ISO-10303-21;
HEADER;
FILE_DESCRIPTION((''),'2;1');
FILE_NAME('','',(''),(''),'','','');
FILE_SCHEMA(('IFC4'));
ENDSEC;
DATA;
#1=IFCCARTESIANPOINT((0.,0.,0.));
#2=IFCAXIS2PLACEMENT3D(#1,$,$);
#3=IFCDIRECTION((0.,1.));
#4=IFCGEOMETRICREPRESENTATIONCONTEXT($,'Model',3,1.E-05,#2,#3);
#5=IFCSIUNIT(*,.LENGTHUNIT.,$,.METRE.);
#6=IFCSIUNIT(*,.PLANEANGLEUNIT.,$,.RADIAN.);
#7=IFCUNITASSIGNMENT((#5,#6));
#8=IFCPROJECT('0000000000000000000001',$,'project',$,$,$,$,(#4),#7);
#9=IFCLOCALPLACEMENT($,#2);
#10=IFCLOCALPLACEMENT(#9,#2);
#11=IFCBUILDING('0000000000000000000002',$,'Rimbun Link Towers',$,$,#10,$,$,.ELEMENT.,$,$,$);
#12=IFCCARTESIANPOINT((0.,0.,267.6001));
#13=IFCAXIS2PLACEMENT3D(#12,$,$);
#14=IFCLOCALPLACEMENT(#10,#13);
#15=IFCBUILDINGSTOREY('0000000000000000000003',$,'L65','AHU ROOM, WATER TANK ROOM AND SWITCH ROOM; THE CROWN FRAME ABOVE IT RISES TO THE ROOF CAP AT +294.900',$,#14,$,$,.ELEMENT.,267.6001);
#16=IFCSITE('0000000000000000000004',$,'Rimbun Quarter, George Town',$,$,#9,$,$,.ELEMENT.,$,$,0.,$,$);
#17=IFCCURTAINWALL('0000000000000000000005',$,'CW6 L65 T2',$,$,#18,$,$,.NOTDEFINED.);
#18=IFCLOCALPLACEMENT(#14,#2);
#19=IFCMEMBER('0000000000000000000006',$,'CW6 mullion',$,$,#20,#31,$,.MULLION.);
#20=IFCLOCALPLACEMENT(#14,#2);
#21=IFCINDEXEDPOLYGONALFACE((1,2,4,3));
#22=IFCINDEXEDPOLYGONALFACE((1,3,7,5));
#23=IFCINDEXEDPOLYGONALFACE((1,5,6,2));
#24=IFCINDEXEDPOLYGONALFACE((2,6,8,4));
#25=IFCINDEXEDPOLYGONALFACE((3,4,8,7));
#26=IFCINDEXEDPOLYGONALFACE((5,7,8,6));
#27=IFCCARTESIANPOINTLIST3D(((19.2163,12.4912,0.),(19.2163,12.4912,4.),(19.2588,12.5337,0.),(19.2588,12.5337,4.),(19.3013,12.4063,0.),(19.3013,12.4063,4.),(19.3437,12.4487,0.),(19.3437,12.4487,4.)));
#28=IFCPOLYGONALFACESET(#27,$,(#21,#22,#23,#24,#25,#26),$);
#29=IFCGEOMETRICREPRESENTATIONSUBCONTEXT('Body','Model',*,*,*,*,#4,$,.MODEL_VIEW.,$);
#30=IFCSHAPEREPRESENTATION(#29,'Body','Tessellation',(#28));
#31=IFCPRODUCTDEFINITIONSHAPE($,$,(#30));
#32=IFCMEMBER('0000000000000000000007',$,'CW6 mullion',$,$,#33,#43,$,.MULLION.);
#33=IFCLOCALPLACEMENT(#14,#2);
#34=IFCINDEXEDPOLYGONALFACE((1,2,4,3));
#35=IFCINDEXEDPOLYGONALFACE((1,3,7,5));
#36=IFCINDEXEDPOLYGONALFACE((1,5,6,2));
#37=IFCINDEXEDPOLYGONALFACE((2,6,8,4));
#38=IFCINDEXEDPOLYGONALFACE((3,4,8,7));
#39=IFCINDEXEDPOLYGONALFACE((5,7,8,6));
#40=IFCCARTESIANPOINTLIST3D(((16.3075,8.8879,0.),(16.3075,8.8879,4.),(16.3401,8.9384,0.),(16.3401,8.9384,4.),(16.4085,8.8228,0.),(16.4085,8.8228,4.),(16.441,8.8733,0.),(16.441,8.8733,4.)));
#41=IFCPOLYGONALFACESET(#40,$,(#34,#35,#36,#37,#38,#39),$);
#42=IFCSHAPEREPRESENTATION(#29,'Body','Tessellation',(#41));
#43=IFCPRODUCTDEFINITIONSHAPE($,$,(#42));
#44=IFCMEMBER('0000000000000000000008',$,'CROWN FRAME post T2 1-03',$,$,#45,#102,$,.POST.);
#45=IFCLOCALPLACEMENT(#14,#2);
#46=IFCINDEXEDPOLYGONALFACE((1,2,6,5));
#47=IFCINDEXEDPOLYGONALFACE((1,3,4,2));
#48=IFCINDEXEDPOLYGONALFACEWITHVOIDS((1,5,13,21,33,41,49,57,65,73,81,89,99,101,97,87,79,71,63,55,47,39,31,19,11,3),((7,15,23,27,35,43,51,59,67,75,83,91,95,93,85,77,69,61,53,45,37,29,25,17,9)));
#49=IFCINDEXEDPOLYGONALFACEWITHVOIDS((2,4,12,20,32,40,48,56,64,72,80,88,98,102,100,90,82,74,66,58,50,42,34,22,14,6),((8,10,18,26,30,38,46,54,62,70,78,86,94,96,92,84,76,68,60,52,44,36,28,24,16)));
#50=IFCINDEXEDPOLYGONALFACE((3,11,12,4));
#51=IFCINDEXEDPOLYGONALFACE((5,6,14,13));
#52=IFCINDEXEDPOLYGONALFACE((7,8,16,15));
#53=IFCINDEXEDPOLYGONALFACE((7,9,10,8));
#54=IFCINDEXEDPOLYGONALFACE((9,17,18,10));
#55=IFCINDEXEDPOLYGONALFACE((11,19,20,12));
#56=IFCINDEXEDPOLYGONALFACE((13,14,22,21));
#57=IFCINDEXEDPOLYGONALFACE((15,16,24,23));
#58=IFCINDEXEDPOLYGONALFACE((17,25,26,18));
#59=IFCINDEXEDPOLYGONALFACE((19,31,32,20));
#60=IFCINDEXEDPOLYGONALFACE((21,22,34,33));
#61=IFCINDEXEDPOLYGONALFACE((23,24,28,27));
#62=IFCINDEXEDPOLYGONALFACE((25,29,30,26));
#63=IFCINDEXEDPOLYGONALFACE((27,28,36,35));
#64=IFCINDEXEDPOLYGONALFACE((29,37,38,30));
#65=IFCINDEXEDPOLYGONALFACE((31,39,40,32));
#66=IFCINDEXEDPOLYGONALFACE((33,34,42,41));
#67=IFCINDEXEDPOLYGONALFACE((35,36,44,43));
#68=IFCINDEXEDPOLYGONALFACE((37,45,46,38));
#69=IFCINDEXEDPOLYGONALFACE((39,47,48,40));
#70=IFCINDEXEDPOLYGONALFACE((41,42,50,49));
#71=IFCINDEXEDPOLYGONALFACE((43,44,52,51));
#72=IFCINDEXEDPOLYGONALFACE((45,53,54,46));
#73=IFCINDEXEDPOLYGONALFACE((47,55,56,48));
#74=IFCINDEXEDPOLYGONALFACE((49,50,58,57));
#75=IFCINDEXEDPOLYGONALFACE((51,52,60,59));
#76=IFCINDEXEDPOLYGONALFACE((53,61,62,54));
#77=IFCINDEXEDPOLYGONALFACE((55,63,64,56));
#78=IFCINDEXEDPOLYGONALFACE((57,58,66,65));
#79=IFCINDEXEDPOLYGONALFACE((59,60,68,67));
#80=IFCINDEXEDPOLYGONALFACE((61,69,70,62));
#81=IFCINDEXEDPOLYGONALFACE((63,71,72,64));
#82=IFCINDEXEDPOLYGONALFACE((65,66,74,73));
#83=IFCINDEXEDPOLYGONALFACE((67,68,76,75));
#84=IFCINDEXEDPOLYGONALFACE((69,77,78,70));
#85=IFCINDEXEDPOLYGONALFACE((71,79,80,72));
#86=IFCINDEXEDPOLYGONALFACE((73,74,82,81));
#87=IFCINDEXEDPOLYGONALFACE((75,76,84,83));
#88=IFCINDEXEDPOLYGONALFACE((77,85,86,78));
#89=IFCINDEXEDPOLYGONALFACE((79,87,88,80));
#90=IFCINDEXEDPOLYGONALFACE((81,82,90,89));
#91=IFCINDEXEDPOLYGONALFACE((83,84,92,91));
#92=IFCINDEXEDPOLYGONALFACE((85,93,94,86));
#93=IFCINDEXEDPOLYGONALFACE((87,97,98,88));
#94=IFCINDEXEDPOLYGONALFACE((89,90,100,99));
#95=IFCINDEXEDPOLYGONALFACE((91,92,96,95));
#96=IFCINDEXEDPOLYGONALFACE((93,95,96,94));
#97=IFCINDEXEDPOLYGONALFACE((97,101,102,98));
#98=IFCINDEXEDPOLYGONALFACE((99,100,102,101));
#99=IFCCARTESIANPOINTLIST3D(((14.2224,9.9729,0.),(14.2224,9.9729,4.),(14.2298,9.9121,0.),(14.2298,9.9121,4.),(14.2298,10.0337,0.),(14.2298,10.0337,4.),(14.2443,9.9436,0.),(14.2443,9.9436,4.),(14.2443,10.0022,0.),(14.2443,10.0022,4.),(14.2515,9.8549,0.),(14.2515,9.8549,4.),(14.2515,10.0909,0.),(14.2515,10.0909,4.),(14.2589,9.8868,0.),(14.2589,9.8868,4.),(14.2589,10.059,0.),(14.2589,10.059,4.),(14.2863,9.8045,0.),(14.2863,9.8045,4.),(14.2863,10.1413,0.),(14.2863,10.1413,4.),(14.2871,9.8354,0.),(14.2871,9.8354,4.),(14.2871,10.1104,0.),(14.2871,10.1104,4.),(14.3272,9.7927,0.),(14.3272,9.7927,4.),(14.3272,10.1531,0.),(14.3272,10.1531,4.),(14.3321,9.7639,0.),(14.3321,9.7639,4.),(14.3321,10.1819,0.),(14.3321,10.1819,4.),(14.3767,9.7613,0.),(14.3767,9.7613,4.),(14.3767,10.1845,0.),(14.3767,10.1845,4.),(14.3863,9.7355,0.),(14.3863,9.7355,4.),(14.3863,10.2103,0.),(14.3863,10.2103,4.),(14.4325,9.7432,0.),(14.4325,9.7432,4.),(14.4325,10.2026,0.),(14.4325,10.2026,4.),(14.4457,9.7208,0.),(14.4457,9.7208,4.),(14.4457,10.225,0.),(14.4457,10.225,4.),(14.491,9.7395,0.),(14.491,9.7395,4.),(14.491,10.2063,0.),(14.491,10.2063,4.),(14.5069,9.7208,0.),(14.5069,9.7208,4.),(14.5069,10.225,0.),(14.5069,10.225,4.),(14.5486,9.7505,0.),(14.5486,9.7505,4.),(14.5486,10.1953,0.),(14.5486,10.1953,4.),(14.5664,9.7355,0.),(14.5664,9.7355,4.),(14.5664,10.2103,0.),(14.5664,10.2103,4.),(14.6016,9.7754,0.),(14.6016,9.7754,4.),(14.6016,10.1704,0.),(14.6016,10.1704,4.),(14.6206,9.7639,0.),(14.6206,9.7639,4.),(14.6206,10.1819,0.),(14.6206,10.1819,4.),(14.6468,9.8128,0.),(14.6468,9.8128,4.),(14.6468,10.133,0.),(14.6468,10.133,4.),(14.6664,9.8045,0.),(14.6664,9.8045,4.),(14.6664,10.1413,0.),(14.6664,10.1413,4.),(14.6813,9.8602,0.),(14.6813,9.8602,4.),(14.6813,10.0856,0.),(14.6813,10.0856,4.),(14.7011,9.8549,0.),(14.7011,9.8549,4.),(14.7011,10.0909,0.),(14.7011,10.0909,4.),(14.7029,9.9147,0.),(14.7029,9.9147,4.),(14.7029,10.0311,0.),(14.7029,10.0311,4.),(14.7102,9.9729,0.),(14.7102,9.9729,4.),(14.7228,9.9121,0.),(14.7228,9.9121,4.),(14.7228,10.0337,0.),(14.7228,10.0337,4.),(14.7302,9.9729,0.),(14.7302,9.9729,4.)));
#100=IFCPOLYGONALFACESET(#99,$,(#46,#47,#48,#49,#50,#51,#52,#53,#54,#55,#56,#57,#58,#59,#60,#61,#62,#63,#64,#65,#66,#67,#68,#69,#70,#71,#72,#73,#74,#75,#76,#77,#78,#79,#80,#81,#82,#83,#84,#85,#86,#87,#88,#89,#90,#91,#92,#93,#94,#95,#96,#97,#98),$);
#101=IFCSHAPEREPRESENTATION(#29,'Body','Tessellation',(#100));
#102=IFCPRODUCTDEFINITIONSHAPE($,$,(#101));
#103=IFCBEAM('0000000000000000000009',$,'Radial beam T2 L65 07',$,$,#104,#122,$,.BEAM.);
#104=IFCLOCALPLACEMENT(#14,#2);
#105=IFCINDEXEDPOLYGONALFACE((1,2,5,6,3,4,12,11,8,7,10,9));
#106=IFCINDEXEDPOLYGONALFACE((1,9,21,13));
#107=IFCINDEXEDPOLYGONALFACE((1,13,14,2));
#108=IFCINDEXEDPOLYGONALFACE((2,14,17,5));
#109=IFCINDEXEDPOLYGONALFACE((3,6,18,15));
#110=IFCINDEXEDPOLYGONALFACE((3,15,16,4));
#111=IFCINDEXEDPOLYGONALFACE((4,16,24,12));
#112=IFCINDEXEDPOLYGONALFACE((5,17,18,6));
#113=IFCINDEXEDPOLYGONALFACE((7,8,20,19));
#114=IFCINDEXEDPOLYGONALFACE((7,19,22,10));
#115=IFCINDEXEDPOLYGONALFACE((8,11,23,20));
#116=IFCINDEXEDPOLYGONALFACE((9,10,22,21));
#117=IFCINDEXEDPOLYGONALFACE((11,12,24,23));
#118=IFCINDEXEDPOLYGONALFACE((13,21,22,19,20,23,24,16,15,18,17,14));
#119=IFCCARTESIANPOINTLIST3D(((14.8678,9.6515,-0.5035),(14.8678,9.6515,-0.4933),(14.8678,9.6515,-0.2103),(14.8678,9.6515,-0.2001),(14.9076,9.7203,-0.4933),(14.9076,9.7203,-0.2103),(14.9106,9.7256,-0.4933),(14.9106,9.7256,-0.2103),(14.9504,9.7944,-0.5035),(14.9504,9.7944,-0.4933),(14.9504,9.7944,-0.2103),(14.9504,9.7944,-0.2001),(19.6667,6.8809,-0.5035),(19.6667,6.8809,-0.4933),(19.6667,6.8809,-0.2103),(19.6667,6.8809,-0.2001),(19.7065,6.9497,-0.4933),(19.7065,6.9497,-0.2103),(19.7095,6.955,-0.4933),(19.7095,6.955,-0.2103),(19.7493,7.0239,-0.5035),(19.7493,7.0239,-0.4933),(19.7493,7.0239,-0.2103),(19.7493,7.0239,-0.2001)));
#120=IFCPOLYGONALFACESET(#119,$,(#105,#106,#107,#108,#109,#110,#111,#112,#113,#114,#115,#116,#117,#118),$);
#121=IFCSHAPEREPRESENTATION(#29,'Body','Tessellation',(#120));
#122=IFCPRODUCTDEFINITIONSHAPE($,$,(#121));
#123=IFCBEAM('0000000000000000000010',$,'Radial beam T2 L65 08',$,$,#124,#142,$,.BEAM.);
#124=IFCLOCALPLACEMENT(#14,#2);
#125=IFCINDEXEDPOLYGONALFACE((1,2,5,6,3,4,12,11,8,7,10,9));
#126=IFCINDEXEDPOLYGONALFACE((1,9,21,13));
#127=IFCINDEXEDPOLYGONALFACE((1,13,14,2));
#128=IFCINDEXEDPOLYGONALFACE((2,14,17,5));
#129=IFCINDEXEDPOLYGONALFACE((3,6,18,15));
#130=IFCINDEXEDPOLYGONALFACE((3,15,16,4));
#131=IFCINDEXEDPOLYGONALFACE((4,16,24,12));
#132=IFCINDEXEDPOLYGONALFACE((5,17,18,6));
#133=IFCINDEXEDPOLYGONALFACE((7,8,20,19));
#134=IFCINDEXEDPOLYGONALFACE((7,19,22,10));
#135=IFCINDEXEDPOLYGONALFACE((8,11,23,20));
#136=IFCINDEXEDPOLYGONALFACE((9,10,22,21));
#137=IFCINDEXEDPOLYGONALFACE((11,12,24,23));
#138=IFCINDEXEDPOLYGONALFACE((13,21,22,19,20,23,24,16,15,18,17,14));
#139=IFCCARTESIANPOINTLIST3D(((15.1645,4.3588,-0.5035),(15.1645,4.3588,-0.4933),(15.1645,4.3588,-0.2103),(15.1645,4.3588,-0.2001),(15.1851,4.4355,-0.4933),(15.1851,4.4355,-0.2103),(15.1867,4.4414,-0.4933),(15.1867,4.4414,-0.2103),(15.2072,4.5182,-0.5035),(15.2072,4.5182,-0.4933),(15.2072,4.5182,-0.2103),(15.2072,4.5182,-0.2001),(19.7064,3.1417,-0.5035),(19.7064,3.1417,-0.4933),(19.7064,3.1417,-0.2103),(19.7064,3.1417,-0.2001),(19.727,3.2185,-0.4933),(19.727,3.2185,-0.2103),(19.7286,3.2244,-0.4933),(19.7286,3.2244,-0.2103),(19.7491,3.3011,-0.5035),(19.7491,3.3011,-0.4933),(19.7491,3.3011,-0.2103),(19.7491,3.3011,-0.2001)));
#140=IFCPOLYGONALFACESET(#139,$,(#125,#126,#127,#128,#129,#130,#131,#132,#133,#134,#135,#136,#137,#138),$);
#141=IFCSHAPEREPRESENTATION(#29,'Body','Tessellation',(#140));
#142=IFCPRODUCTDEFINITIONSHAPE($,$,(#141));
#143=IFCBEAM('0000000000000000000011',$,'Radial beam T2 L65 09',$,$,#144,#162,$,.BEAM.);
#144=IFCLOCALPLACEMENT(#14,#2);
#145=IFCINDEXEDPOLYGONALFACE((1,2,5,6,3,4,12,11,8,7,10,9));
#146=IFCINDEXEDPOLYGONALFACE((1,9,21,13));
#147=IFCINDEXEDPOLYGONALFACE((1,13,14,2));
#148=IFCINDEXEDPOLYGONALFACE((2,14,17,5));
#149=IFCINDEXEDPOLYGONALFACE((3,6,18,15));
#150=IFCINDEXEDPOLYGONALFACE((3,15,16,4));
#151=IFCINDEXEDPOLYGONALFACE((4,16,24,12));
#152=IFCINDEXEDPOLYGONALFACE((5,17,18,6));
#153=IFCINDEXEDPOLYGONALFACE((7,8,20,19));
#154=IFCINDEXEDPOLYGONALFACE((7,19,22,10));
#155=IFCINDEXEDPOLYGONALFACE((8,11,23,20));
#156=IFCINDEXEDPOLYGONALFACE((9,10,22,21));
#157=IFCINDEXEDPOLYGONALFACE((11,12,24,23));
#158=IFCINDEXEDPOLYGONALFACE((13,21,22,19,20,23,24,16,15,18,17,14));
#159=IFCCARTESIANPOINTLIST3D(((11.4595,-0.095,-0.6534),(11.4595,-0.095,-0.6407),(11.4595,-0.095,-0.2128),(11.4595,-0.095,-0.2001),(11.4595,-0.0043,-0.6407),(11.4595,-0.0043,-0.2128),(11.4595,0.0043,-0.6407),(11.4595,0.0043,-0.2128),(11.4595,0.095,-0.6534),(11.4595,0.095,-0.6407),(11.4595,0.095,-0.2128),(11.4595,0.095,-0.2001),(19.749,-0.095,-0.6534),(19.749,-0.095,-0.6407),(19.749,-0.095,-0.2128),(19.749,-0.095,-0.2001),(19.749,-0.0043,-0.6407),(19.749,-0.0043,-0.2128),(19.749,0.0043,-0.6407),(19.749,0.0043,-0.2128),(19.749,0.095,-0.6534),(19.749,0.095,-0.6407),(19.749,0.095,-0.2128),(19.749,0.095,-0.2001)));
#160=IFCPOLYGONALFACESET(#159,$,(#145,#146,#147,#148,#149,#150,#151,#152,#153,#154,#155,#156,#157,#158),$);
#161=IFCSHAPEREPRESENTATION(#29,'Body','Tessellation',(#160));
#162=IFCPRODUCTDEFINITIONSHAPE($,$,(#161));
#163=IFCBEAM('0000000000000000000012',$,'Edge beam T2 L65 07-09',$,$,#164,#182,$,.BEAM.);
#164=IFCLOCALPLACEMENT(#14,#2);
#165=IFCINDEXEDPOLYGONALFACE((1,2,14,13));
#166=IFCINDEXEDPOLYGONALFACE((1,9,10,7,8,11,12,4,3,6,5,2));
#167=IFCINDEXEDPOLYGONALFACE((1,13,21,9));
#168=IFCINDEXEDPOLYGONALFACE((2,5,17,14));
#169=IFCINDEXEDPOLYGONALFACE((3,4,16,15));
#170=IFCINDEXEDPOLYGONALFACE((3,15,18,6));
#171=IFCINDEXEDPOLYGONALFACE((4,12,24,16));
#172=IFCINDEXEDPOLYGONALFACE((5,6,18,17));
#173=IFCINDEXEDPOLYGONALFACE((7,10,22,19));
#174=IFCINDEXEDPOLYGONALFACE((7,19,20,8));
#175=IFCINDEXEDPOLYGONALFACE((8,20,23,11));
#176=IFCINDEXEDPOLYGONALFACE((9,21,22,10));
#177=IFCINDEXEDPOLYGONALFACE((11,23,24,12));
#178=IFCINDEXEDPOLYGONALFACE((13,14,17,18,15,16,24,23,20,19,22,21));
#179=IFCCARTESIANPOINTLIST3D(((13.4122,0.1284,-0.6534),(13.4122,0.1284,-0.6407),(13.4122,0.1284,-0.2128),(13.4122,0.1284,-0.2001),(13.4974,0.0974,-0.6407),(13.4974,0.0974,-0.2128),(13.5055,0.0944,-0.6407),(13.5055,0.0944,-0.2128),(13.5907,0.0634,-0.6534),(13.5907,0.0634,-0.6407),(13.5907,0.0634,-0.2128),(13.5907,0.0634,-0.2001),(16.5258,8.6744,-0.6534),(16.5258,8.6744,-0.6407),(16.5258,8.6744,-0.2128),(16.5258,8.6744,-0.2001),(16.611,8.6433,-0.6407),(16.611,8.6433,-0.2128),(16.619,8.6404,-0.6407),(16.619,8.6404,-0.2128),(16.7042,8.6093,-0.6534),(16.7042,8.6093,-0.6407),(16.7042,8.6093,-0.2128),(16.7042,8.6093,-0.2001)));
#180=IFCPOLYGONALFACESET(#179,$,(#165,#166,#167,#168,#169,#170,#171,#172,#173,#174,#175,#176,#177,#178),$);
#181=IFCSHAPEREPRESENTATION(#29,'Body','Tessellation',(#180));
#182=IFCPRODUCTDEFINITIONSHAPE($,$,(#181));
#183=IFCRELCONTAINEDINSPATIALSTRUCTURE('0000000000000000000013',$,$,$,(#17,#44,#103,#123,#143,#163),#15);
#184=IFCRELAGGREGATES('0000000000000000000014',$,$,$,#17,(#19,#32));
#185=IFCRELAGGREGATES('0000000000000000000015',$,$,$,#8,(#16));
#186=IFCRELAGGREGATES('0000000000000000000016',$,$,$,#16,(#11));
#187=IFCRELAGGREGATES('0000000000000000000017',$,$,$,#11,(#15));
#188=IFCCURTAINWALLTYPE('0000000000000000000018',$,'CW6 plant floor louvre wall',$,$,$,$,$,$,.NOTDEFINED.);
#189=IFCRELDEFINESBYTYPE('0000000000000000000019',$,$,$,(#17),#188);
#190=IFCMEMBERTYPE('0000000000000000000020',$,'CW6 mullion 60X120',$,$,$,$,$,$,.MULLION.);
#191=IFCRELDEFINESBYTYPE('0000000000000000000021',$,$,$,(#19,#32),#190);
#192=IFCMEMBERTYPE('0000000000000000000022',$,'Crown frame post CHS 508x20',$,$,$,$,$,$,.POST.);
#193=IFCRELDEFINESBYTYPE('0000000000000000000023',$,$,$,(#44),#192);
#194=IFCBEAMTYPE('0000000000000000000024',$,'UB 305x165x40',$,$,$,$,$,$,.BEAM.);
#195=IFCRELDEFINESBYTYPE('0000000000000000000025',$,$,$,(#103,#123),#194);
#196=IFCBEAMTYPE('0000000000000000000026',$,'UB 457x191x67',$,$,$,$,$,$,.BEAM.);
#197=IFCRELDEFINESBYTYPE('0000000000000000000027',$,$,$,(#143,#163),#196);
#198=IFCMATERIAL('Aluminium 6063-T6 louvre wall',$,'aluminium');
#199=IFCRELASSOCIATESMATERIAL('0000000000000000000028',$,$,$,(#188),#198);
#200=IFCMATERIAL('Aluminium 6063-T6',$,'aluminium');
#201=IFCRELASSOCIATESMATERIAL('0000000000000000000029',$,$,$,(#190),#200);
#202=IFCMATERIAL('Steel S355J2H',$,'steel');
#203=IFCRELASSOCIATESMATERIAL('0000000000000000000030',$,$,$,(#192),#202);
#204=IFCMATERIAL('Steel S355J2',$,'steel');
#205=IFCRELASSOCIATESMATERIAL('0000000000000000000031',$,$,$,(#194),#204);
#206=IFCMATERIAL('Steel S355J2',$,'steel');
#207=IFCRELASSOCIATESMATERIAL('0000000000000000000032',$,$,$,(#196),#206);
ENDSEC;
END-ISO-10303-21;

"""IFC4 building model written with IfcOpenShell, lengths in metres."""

from ifc_helpers import new_model, si_unit, direction, frame, origin, origin_2d, place, context, subcontext, project, spatial, rectangle, hollow_circle, i_section, extrude, material, material_profile, profile_set, type_object, element, aggregate, save


model = new_model("IFC4")

# Units and contexts
model_context = context("Model", 3, precision=1e-05, world=origin(), true_north=direction((0.0, 1.0)))
body_context = subcontext(model_context, "Body", "Model", "MODEL_VIEW")
ifc_project = project(units=[si_unit("LENGTHUNIT", "METRE"), si_unit("PLANEANGLEUNIT", "RADIAN")], contexts=[model_context])

# Site, building, storey
site_placement = place(None, origin())
site = spatial("IfcSite", under=ifc_project, at=site_placement, Name="Rimbun Quarter, George Town", CompositionType="ELEMENT", RefElevation=0.0)
building_placement = place(site_placement, origin())
building = spatial("IfcBuilding", under=site, at=building_placement, Name="Rimbun Link Towers", CompositionType="ELEMENT")
storey_placement = place(building_placement, frame((0.0, 0.0, 267.6001)))
storey = spatial("IfcBuildingStorey", under=building, at=storey_placement, Name="L65", Description="AHU ROOM, WATER TANK ROOM AND SWITCH ROOM; THE CROWN FRAME ABOVE IT RISES TO THE ROOF CAP AT +294.900", CompositionType="ELEMENT", Elevation=267.6001)

# Curtain wall, members
ifc_material_1 = material(Name="Aluminium 6063-T6 louvre wall", Category="aluminium")
curtain_wall_type = type_object("IfcCurtainWallType", Name="CW6 plant floor louvre wall", PredefinedType="NOTDEFINED", material=ifc_material_1)
curtain_wall_placement = place(storey_placement, origin())
curtain_wall = element("IfcCurtainWall", 1, at=curtain_wall_placement, inside=storey, type_object=curtain_wall_type, Name="CW6 L65 T2", PredefinedType="NOTDEFINED")
ifc_material_2 = material(Name="Aluminium 6063-T6", Category="aluminium")
ifc_material_profile_1 = material_profile(ifc_material_2, rectangle(XDim=0.1201, YDim=0.0601, at=origin_2d()), Name="MULLION 60X120")
ifc_profile_set_1 = profile_set([ifc_material_profile_1], Name="Aluminium 6063-T6")
member_type_1 = type_object("IfcMemberType", Name="CW6 mullion 60X120", PredefinedType="MULLION", material=ifc_profile_set_1)
member_1_placement = place(storey_placement, frame((19.28, 12.47, 0.0), z_axis=(0.0, 0.0, 1.0), x_axis=(-0.707107, 0.707107, 0.0)))
member_1 = element("IfcMember", 2, at=member_1_placement, type_object=member_type_1, Name="CW6 mullion", PredefinedType="MULLION", context=body_context, shape_type="SweptSolid", body=[
    extrude(rectangle(XDim=0.1201, YDim=0.0601, at=origin_2d()), origin(), (0.0, 0.0, 1.0), 4.0),
])
member_2_placement = place(storey_placement, frame((16.3743, 8.8806, 0.0), z_axis=(0.0, 0.0, 1.0), x_axis=(-0.840313, 0.542101, 0.0)))
member_2 = element("IfcMember", 3, at=member_2_placement, type_object=member_type_1, Name="CW6 mullion", PredefinedType="MULLION", context=body_context, shape_type="SweptSolid", body=[
    extrude(rectangle(XDim=0.1201, YDim=0.0601, at=origin_2d()), origin(), (0.0, 0.0, 1.0), 4.0),
])

# Member
ifc_material_3 = material(Name="Steel S355J2H", Category="steel")
ifc_material_profile_2 = material_profile(ifc_material_3, hollow_circle(Radius=0.2539, WallThickness=0.02, at=origin_2d()), Name="Crown frame post CHS 508x20")
ifc_profile_set_2 = profile_set([ifc_material_profile_2], Name="Steel S355J2H")
member_type_2 = type_object("IfcMemberType", Name="Crown frame post CHS 508x20", PredefinedType="POST", material=ifc_profile_set_2)
member_3_placement = place(storey_placement, frame((14.4763, 9.9729, 0.0), z_axis=(0.0, 0.0, 1.0), x_axis=(1.0, 0.0, 0.0)))
element("IfcMember", 4, at=member_3_placement, inside=storey, type_object=member_type_2, Name="CROWN FRAME post T2 1-03", PredefinedType="POST", context=body_context, shape_type="SweptSolid", body=[
    extrude(hollow_circle(Radius=0.2539, WallThickness=0.02, at=origin_2d()), origin(), (0.0, 0.0, 1.0), 4.0),
])

# Beams
ifc_material_4 = material(Name="Steel S355J2", Category="steel")
ifc_material_profile_3 = material_profile(ifc_material_4, i_section(OverallWidth=0.165, OverallDepth=0.3035, WebThickness=0.0061, FlangeThickness=0.0103, at=origin_2d()), Name="UB 305x165x40")
ifc_profile_set_3 = profile_set([ifc_material_profile_3], Name="Steel S355J2")
beam_type_1 = type_object("IfcBeamType", Name="UB 305x165x40", PredefinedType="BEAM", material=ifc_profile_set_3)
beam_1_placement = place(storey_placement, frame((19.708, 6.9524, -0.3518), z_axis=(-0.866033, 0.499987, 0.0), x_axis=(-0.499987, -0.866033, 0.0)))
element("IfcBeam", 5, at=beam_1_placement, inside=storey, type_object=beam_type_1, Name="Radial beam T2 L65 07", PredefinedType="BEAM", context=body_context, shape_type="SweptSolid", body=[
    extrude(i_section(OverallWidth=0.165, OverallDepth=0.3035, WebThickness=0.0061, FlangeThickness=0.0103, at=origin_2d()), origin(), (0.0, 0.0, 1.0), 5.5413),
])
beam_2_placement = place(storey_placement, frame((19.7278, 3.2214, -0.3518), z_axis=(-0.965925, 0.258823, 0.0), x_axis=(-0.258823, -0.965925, 0.0)))
element("IfcBeam", 6, at=beam_2_placement, inside=storey, type_object=beam_type_1, Name="Radial beam T2 L65 08", PredefinedType="BEAM", context=body_context, shape_type="SweptSolid", body=[
    extrude(i_section(OverallWidth=0.165, OverallDepth=0.3035, WebThickness=0.0061, FlangeThickness=0.0103, at=origin_2d()), origin(), (0.0, 0.0, 1.0), 4.7021),
])
ifc_material_5 = material(Name="Steel S355J2", Category="steel")
ifc_material_profile_4 = material_profile(ifc_material_5, i_section(OverallWidth=0.1899, OverallDepth=0.4534, WebThickness=0.0085, FlangeThickness=0.0127, at=origin_2d()), Name="UB 457x191x67")
ifc_profile_set_4 = profile_set([ifc_material_profile_4], Name="Steel S355J2")
beam_type_2 = type_object("IfcBeamType", Name="UB 457x191x67", PredefinedType="BEAM", material=ifc_profile_set_4)
beam_3_placement = place(storey_placement, frame((19.749, 0.0, -0.4268), z_axis=(-1.0, 0.0, 0.0), x_axis=(0.0, -1.0, 0.0)))
element("IfcBeam", 7, at=beam_3_placement, inside=storey, type_object=beam_type_2, Name="Radial beam T2 L65 09", PredefinedType="BEAM", context=body_context, shape_type="SweptSolid", body=[
    extrude(i_section(OverallWidth=0.1899, OverallDepth=0.4534, WebThickness=0.0085, FlangeThickness=0.0127, at=origin_2d()), origin(), (0.0, 0.0, 1.0), 8.2896),
])
beam_4_placement = place(storey_placement, frame((16.615, 8.6418, -0.4268), z_axis=(-0.342318, -0.939584, 0.0), x_axis=(0.939584, -0.342318, 0.0)))
element("IfcBeam", 8, at=beam_4_placement, inside=storey, type_object=beam_type_2, Name="Edge beam T2 L65 07-09", PredefinedType="BEAM", context=body_context, shape_type="SweptSolid", body=[
    extrude(i_section(OverallWidth=0.1899, OverallDepth=0.4534, WebThickness=0.0085, FlangeThickness=0.0127, at=origin_2d()), origin(), (0.0, 0.0, 1.0), 9.0955),
])

aggregate(curtain_wall, [member_1, member_2])

save(model, "model.ifc")
